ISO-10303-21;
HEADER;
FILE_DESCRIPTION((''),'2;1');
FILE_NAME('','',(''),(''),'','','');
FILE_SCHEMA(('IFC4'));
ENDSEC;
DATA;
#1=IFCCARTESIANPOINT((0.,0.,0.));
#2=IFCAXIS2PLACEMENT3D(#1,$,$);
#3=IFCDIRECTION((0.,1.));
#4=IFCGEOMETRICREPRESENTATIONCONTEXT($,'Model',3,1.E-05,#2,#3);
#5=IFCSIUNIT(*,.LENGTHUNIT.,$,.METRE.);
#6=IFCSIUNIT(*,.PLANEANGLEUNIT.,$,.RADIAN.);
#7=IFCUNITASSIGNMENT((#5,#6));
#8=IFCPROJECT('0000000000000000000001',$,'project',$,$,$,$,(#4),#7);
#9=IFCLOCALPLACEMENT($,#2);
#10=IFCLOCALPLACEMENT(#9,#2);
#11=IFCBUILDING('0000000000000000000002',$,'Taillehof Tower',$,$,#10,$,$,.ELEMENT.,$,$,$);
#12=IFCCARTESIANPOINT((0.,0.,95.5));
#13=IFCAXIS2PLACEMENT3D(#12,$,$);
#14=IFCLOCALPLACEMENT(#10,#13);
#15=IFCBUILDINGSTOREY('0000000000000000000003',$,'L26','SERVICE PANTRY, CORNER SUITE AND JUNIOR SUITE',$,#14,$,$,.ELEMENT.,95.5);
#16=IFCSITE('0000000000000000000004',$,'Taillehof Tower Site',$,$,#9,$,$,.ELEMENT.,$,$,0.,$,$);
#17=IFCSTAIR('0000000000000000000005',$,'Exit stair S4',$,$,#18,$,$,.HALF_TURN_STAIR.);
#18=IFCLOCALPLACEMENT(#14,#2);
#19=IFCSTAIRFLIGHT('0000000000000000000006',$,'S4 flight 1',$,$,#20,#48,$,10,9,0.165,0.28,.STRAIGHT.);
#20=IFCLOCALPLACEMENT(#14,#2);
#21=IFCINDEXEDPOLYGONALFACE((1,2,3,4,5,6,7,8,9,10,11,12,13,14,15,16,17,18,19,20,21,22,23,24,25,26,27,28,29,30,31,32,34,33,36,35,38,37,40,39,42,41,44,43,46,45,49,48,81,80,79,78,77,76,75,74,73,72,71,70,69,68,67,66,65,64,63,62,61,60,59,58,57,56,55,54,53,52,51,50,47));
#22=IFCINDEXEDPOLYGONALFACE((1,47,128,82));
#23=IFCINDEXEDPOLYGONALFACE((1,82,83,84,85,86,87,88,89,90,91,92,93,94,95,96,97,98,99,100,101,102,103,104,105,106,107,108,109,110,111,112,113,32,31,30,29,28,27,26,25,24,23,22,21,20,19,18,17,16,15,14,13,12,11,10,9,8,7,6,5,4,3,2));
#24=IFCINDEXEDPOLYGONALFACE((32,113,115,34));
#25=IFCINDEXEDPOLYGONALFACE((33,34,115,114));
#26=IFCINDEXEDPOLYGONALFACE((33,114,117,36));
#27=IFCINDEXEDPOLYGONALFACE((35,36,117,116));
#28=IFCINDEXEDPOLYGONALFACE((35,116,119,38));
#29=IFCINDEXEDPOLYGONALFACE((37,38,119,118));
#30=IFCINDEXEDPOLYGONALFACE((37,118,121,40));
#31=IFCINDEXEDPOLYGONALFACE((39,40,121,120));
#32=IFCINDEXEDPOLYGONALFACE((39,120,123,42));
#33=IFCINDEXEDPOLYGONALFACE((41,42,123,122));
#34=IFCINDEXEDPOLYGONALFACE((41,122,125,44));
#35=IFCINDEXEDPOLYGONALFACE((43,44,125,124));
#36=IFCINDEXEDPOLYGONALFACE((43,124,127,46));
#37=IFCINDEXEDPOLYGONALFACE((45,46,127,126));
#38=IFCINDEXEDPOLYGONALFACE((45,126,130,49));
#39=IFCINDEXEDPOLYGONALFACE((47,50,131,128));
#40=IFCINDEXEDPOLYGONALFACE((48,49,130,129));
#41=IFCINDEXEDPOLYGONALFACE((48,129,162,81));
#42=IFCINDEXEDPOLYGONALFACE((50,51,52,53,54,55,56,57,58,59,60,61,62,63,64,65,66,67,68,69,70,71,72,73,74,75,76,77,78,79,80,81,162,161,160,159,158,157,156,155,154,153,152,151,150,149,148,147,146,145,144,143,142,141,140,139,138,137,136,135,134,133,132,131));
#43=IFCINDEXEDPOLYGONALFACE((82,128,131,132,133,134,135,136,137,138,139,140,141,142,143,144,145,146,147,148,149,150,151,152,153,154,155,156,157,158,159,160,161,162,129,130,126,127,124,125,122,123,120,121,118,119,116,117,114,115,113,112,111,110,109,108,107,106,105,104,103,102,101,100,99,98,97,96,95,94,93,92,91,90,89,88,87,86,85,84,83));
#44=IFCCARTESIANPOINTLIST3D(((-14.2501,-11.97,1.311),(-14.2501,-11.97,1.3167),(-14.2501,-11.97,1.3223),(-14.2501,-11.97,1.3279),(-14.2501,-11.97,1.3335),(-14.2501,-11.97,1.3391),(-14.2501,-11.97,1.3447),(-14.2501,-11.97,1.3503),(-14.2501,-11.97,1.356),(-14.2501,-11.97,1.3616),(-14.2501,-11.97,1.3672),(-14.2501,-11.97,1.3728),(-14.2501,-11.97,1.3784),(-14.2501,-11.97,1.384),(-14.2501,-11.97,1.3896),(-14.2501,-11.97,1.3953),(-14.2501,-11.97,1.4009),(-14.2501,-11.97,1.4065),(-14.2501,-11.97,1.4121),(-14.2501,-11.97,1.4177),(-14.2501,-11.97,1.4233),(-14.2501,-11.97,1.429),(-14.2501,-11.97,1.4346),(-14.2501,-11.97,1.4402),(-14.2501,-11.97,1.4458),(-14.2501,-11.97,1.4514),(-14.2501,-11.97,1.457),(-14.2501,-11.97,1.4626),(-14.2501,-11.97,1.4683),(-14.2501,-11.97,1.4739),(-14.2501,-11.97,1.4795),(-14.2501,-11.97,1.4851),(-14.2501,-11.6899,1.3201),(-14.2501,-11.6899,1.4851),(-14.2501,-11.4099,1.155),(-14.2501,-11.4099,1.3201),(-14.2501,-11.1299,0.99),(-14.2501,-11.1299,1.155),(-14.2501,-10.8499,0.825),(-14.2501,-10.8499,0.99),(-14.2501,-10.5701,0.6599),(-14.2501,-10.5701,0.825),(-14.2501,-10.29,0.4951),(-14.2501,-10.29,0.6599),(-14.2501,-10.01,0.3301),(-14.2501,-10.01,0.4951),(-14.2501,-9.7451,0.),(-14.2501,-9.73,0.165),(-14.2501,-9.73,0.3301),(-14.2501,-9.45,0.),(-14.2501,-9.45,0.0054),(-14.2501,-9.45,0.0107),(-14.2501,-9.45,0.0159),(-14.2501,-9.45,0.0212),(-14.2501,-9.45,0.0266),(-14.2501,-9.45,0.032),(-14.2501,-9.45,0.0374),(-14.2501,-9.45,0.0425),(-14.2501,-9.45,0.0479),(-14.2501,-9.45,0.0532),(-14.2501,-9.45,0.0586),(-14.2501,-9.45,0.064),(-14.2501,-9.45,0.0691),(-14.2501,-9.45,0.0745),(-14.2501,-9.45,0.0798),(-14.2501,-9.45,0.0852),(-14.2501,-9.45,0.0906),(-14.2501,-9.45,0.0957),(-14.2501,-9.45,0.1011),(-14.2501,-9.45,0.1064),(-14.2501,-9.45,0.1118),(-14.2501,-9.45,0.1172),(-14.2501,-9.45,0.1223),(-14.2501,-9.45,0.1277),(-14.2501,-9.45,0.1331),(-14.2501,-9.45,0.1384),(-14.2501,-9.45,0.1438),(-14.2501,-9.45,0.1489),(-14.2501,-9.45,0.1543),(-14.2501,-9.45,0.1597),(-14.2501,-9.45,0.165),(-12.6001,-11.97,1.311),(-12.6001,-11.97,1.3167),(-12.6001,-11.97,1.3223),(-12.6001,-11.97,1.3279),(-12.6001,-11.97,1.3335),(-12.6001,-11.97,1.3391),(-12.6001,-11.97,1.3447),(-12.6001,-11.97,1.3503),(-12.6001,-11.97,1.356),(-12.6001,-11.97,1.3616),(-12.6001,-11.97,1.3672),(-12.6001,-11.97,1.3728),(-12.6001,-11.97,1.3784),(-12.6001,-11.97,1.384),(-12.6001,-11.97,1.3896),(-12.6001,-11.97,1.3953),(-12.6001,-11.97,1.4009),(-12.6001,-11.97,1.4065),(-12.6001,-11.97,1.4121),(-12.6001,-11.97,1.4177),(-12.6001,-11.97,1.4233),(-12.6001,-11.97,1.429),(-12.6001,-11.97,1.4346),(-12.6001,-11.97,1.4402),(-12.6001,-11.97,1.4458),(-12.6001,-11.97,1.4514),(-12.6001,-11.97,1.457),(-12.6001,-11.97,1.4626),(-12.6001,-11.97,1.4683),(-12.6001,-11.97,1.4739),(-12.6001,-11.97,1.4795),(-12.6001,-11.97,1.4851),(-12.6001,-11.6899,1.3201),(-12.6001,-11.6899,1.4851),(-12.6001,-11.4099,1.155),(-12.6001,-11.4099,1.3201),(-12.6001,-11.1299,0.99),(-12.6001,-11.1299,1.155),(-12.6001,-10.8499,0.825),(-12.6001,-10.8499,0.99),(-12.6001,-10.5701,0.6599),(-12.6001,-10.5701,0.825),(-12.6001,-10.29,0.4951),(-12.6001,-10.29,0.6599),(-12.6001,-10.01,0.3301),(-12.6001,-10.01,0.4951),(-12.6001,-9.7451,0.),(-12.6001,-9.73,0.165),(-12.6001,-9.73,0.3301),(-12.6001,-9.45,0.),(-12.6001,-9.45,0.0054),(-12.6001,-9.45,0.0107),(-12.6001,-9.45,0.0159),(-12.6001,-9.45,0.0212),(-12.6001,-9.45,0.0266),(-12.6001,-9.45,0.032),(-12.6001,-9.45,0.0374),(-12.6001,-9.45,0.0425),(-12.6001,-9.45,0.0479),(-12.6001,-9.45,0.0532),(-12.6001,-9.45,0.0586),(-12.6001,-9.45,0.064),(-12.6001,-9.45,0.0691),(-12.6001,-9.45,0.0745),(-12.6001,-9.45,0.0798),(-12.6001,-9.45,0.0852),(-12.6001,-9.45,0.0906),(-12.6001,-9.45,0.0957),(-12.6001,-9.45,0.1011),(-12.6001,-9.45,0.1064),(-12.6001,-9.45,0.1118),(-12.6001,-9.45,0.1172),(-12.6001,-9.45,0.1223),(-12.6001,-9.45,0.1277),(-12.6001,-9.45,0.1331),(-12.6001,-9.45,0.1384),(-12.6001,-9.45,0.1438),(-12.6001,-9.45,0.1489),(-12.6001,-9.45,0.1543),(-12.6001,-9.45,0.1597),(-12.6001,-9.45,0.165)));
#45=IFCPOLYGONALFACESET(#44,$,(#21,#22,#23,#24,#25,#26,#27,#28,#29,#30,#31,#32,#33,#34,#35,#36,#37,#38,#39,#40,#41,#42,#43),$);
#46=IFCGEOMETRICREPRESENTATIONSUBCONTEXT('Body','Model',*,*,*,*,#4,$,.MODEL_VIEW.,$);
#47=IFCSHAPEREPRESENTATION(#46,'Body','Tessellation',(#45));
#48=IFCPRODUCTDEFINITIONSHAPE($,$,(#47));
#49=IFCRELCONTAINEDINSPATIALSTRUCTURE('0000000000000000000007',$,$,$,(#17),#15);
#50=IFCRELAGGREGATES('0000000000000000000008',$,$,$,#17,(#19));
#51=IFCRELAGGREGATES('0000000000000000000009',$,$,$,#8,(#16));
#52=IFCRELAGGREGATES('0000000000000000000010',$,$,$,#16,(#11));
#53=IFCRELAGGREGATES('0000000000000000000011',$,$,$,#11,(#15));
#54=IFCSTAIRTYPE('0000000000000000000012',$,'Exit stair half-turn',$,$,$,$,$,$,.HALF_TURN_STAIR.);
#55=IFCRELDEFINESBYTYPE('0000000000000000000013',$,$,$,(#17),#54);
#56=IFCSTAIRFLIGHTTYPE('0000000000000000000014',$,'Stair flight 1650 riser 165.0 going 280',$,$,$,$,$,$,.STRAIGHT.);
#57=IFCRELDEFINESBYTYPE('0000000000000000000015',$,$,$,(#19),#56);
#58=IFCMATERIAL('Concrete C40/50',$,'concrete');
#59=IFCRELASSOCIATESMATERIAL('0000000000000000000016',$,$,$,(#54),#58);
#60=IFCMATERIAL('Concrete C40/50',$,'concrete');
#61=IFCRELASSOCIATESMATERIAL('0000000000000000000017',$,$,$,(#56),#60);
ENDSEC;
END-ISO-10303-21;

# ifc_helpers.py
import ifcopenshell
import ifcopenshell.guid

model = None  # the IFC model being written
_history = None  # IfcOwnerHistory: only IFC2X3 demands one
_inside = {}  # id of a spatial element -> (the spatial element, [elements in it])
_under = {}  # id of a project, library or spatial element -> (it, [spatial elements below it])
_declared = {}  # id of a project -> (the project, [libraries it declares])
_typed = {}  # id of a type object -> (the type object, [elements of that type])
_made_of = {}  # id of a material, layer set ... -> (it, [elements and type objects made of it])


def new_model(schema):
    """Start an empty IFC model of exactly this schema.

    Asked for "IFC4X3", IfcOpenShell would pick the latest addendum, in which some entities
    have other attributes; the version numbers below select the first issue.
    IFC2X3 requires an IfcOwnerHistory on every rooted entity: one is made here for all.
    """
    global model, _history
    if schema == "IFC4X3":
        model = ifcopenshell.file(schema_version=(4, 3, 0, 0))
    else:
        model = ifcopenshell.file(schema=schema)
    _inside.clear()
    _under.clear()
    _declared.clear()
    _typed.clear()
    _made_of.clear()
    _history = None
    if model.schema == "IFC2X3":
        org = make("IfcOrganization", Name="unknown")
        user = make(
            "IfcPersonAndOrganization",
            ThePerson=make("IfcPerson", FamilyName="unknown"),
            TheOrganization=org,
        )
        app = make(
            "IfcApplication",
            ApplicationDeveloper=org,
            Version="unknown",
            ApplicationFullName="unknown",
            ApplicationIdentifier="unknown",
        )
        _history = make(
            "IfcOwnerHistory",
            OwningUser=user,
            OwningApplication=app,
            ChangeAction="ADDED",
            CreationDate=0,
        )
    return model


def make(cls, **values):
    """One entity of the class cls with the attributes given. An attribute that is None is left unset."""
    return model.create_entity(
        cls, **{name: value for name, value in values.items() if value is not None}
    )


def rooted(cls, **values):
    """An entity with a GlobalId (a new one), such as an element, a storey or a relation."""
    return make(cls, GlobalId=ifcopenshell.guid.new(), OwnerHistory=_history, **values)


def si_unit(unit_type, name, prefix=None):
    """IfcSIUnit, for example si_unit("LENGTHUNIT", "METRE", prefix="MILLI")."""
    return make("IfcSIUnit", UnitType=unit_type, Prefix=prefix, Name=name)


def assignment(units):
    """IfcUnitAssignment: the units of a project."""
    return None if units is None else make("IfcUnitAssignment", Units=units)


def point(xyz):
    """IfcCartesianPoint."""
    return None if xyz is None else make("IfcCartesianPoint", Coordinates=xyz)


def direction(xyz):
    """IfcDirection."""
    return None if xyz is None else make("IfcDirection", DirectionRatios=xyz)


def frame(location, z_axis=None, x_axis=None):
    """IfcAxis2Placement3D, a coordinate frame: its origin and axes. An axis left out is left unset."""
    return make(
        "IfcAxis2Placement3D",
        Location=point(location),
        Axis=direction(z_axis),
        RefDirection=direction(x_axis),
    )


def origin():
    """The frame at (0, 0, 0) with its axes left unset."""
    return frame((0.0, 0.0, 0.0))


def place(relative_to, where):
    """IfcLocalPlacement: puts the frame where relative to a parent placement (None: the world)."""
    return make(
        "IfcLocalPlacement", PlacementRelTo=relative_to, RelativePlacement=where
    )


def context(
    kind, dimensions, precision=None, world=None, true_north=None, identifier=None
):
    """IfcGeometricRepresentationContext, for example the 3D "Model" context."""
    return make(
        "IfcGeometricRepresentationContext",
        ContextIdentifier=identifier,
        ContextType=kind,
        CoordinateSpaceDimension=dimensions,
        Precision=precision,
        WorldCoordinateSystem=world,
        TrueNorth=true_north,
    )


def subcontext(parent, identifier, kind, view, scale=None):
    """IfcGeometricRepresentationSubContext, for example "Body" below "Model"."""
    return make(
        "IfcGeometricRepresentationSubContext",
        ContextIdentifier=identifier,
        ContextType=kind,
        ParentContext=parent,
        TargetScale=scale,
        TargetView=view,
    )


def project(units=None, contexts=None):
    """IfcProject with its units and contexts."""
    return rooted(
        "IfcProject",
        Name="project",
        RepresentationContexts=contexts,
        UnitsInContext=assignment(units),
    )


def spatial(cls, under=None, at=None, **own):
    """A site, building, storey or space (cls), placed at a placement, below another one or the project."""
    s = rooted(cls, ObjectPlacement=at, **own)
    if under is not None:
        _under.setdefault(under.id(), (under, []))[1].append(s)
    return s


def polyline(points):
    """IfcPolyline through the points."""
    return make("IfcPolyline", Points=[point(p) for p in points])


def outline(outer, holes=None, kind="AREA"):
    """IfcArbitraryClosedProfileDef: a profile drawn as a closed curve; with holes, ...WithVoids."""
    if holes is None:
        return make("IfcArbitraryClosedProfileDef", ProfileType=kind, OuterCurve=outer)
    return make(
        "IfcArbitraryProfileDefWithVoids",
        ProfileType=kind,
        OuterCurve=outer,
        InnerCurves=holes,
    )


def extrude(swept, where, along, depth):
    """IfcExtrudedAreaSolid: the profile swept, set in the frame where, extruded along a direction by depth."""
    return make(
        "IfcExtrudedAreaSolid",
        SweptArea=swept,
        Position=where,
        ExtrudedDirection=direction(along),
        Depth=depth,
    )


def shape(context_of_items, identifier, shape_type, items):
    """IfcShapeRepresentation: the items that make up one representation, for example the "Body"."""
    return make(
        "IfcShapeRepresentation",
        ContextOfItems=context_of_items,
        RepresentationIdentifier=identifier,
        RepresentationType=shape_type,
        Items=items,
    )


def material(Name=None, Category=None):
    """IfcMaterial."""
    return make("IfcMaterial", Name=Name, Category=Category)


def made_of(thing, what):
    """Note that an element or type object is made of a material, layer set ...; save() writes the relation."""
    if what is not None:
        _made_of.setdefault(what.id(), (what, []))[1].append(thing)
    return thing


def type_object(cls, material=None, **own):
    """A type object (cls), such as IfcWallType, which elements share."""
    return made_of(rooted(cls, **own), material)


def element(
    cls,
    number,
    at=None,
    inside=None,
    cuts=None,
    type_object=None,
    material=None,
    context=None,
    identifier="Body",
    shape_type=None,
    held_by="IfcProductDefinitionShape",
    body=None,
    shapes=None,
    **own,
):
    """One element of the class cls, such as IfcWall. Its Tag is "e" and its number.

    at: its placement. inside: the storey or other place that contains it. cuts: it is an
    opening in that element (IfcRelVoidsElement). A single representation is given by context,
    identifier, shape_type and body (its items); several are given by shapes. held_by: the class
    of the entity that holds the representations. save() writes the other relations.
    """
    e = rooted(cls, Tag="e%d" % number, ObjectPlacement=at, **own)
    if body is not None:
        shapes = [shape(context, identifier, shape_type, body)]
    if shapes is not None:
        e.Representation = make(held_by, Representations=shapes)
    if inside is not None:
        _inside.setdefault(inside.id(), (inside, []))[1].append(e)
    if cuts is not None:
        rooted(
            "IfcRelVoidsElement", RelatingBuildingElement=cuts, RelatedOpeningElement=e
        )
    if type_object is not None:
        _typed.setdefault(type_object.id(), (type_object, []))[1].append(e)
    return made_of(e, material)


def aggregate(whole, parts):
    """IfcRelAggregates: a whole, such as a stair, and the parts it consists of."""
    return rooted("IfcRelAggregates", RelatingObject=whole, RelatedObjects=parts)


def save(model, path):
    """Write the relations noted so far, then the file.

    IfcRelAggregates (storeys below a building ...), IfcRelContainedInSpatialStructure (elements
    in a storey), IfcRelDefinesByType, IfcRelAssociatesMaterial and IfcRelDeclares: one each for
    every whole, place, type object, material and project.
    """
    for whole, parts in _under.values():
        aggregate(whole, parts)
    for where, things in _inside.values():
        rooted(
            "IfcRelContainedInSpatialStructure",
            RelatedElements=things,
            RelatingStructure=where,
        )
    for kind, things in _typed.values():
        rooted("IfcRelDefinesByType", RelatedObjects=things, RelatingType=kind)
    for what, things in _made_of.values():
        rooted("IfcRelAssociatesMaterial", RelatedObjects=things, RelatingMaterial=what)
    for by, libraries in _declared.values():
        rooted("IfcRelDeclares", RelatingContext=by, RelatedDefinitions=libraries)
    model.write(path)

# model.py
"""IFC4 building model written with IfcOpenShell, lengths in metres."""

from ifc_helpers import new_model, si_unit, direction, frame, origin, place, context, subcontext, project, spatial, polyline, outline, extrude, material, type_object, element, aggregate, save


model = new_model("IFC4")

# Units and contexts
model_context = context("Model", 3, precision=1e-05, world=origin(), true_north=direction((0.0, 1.0)))
body_context = subcontext(model_context, "Body", "Model", "MODEL_VIEW")
ifc_project = project(units=[si_unit("LENGTHUNIT", "METRE"), si_unit("PLANEANGLEUNIT", "RADIAN")], contexts=[model_context])

# Site, building, storey
site_placement = place(None, origin())
site = spatial("IfcSite", under=ifc_project, at=site_placement, Name="Taillehof Tower Site", CompositionType="ELEMENT", RefElevation=0.0)
building_placement = place(site_placement, origin())
building = spatial("IfcBuilding", under=site, at=building_placement, Name="Taillehof Tower", CompositionType="ELEMENT")
storey_placement = place(building_placement, frame((0.0, 0.0, 95.5)))
storey = spatial("IfcBuildingStorey", under=building, at=storey_placement, Name="L26", Description="SERVICE PANTRY, CORNER SUITE AND JUNIOR SUITE", CompositionType="ELEMENT", Elevation=95.5)

# Stair, stair flight
ifc_material_1 = material(Name="Concrete C40/50", Category="concrete")
stair_type = type_object("IfcStairType", Name="Exit stair half-turn", PredefinedType="HALF_TURN_STAIR", material=ifc_material_1)
stair_placement = place(storey_placement, origin())
stair = element("IfcStair", 1, at=stair_placement, inside=storey, type_object=stair_type, Name="Exit stair S4", PredefinedType="HALF_TURN_STAIR")
ifc_material_2 = material(Name="Concrete C40/50", Category="concrete")
stair_flight_type = type_object("IfcStairFlightType", Name="Stair flight 1650 riser 165.0 going 280", PredefinedType="STRAIGHT", material=ifc_material_2)
stair_flight_placement = place(storey_placement, frame((-13.425, -9.45, 0.0), z_axis=(0.0, 0.0, 1.0), x_axis=(0.0, -1.0, 0.0)))
stair_flight = element("IfcStairFlight", 2, at=stair_flight_placement, type_object=stair_flight_type, Name="S4 flight 1", NumberOfRisers=10, NumberOfTreads=9, PredefinedType="STRAIGHT", RiserHeight=0.165, TreadLength=0.28, context=body_context, shape_type="SweptSolid", body=[
    extrude(outline(polyline([(0.0, 0.0), (0.0, 0.0054), (0.0, 0.0107), (0.0, 0.0159), (0.0, 0.0212), (0.0, 0.0266), (0.0, 0.032), (0.0, 0.0374), (0.0, 0.0425), (0.0, 0.0479), (0.0, 0.0532), (0.0, 0.0586), (0.0, 0.064), (0.0, 0.0691), (0.0, 0.0745), (0.0, 0.0798), (0.0, 0.0852), (0.0, 0.0906), (0.0, 0.0957), (0.0, 0.1011), (0.0, 0.1064), (0.0, 0.1118), (0.0, 0.1172), (0.0, 0.1223), (0.0, 0.1277), (0.0, 0.1331), (0.0, 0.1384), (0.0, 0.1438), (0.0, 0.1489), (0.0, 0.1543), (0.0, 0.1597), (0.0, 0.165), (0.28, 0.165), (0.28, 0.3301), (0.5601, 0.3301), (0.5601, 0.4951), (0.8401, 0.4951), (0.8401, 0.6599), (1.1201, 0.6599), (1.1201, 0.825), (1.3999, 0.825), (1.3999, 0.99), (1.6799, 0.99), (1.6799, 1.155), (1.96, 1.155), (1.96, 1.3201), (2.24, 1.3201), (2.24, 1.4851), (2.52, 1.4851), (2.52, 1.4795), (2.52, 1.4739), (2.52, 1.4683), (2.52, 1.4626), (2.52, 1.457), (2.52, 1.4514), (2.52, 1.4458), (2.52, 1.4402), (2.52, 1.4346), (2.52, 1.429), (2.52, 1.4233), (2.52, 1.4177), (2.52, 1.4121), (2.52, 1.4065), (2.52, 1.4009), (2.52, 1.3953), (2.52, 1.3896), (2.52, 1.384), (2.52, 1.3784), (2.52, 1.3728), (2.52, 1.3672), (2.52, 1.3616), (2.52, 1.356), (2.52, 1.3503), (2.52, 1.3447), (2.52, 1.3391), (2.52, 1.3335), (2.52, 1.3279), (2.52, 1.3223), (2.52, 1.3167), (2.52, 1.311), (0.2952, 0.0), (0.0, 0.0)])), frame((0.0, 0.825, 0.0), z_axis=(0.0, -1.0, 0.0), x_axis=(1.0, 0.0, 0.0)), (0.0, 0.0, 1.0), 1.65),
])
aggregate(stair, [stair_flight])

save(model, "model.ifc")
